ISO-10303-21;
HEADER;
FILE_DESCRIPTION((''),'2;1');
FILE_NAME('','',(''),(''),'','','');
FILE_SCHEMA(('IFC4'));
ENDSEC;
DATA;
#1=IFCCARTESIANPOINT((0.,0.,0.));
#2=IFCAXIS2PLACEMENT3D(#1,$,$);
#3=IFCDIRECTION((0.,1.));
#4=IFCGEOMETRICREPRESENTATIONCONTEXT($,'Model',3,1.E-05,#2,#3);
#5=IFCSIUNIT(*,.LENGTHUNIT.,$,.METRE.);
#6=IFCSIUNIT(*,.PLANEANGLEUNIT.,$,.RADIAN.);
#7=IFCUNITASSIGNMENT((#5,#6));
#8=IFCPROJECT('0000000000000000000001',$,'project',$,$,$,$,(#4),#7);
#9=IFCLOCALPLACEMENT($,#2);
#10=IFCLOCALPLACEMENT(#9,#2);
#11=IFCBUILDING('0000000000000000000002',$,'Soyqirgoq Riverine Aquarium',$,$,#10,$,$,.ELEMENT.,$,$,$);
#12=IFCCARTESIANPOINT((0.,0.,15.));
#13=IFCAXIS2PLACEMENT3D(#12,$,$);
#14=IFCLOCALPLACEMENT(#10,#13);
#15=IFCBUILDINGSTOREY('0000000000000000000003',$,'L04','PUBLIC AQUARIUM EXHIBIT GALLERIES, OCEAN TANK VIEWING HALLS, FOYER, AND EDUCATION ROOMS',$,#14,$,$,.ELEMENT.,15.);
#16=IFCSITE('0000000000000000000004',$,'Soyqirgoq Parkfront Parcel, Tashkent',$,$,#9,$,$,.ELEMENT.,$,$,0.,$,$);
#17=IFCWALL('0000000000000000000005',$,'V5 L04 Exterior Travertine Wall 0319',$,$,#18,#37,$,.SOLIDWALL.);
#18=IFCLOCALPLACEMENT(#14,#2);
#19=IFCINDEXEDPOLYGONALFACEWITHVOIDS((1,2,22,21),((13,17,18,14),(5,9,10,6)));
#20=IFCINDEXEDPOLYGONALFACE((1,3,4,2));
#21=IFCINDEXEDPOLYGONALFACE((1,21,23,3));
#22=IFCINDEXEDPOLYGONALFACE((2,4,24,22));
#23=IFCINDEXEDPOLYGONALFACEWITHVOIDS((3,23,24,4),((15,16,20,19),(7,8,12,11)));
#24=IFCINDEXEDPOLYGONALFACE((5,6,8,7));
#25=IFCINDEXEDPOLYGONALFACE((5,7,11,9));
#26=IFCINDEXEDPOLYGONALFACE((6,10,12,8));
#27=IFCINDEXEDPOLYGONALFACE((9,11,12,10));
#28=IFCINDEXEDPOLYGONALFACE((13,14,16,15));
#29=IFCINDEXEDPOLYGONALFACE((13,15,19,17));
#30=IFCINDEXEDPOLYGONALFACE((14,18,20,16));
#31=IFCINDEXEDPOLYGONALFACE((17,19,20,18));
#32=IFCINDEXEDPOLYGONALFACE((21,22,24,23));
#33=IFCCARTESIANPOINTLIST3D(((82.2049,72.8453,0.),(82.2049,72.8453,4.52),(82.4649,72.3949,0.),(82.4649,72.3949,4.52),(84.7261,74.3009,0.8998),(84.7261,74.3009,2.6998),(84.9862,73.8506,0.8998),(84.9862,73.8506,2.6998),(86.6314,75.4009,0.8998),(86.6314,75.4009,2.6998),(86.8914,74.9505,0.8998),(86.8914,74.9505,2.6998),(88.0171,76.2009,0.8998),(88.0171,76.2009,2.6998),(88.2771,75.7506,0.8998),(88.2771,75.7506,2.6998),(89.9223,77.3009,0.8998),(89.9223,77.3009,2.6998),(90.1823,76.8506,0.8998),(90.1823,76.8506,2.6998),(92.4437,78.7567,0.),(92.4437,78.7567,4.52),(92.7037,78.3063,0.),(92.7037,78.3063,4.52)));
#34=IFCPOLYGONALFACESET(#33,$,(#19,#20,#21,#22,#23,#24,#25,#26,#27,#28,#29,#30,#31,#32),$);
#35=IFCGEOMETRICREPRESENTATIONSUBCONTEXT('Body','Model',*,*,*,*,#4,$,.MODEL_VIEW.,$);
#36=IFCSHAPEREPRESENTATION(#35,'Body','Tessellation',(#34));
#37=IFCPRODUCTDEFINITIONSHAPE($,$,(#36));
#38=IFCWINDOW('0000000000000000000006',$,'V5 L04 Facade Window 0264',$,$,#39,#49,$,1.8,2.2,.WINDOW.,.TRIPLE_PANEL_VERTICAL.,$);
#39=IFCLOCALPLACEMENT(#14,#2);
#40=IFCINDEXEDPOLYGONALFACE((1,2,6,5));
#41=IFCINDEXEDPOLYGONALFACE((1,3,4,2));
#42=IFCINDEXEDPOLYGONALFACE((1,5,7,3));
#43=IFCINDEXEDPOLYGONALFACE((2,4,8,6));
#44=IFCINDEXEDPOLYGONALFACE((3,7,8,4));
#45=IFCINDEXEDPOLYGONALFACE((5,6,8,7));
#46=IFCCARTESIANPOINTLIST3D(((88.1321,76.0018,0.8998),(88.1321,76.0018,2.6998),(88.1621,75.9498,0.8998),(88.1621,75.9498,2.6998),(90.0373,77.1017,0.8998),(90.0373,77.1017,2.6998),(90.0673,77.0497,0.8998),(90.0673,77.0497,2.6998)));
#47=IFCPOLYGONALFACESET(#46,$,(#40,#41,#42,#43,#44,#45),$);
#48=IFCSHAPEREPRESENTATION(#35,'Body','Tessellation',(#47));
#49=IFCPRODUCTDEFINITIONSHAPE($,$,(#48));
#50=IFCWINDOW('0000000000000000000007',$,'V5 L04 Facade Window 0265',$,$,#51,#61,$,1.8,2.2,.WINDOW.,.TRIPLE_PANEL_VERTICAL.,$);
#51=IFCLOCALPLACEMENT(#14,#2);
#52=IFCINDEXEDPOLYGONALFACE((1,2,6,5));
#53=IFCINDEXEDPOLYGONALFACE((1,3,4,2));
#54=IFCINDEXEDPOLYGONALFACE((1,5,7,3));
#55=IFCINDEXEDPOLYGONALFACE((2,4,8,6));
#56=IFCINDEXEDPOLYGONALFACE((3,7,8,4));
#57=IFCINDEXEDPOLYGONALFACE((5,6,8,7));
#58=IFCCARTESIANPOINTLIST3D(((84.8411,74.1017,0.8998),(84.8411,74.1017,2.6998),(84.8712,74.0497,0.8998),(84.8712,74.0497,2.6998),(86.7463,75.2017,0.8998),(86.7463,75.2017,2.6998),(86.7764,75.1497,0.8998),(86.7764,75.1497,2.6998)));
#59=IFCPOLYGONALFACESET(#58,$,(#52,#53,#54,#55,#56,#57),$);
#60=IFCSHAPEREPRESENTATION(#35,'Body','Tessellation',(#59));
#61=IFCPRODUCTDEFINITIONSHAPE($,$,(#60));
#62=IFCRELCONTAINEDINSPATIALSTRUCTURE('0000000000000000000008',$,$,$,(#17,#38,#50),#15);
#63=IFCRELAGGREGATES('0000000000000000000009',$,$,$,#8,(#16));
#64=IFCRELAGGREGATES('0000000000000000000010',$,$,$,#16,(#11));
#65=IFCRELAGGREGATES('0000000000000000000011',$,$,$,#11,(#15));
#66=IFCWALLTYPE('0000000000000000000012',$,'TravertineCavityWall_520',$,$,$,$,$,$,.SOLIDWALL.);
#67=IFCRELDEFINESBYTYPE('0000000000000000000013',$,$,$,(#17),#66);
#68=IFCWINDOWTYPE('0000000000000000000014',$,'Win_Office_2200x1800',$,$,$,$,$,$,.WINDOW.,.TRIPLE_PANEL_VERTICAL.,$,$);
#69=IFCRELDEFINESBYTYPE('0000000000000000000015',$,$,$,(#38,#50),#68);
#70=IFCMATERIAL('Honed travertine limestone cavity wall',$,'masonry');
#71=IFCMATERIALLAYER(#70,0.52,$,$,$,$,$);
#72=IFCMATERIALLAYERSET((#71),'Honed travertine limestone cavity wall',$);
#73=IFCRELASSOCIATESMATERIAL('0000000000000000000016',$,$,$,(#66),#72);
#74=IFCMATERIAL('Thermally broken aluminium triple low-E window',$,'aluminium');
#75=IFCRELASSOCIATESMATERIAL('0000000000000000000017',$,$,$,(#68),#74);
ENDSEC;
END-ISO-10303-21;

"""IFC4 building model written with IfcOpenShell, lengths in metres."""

from ifc_helpers import new_model, si_unit, direction, frame, frame_2d, origin, place, context, subcontext, project, spatial, rectangle, extrude, material, layer, layer_set, type_object, element, fill, save


model = new_model("IFC4")

# Units and contexts
model_context = context("Model", 3, precision=1e-05, world=origin(), true_north=direction((0.0, 1.0)))
body_context = subcontext(model_context, "Body", "Model", "MODEL_VIEW")
ifc_project = project(units=[si_unit("LENGTHUNIT", "METRE"), si_unit("PLANEANGLEUNIT", "RADIAN")], contexts=[model_context])

# Site, building, storey
site_placement = place(None, origin())
site = spatial("IfcSite", under=ifc_project, at=site_placement, Name="Soyqirgoq Parkfront Parcel, Tashkent", CompositionType="ELEMENT", RefElevation=0.0)
building_placement = place(site_placement, origin())
building = spatial("IfcBuilding", under=site, at=building_placement, Name="Soyqirgoq Riverine Aquarium", CompositionType="ELEMENT")
storey_placement = place(building_placement, frame((0.0, 0.0, 15.0)))
storey = spatial("IfcBuildingStorey", under=building, at=storey_placement, Name="L04", Description="PUBLIC AQUARIUM EXHIBIT GALLERIES, OCEAN TANK VIEWING HALLS, FOYER, AND EDUCATION ROOMS", CompositionType="ELEMENT", Elevation=15.0)

# Wall, openings, windows
ifc_material_1 = material(Name="Honed travertine limestone cavity wall", Category="masonry")
ifc_layer_1 = layer(ifc_material_1, 0.52)
ifc_layer_set_1 = layer_set([ifc_layer_1], Name="Honed travertine limestone cavity wall")
wall_type_1 = type_object("IfcWallType", Name="TravertineCavityWall_520", PredefinedType="SOLIDWALL", material=ifc_layer_set_1)
wall_1_placement = place(storey_placement, frame((92.5737, 78.5315, 0.0), z_axis=(0.0, 0.0, 1.0), x_axis=(-0.866025, -0.500001, 0.0)))
wall_1 = element("IfcWall", 1, at=wall_1_placement, inside=storey, type_object=wall_type_1, Name="V5 L04 Exterior Travertine Wall 0319", PredefinedType="SOLIDWALL", context=body_context, shape_type="SweptSolid", body=[
    extrude(rectangle(XDim=11.8228, YDim=0.52, at=frame_2d((5.9114, 0.0))), origin(), (0.0, 0.0, 1.0), 4.52),
])
opening_1_placement = place(wall_1_placement, frame((2.9114, 0.0, 0.8999)))
opening_1 = element("IfcOpeningElement", 2, at=opening_1_placement, cuts=wall_1, PredefinedType="OPENING", context=body_context, shape_type="SweptSolid", body=[
    extrude(rectangle(XDim=2.2, YDim=1.8, at=frame_2d((1.1001, 0.8999))), frame((0.0, 0.27, 0.0), z_axis=(0.0, -1.0, 0.0), x_axis=(1.0, 0.0, 0.0)), (0.0, 0.0, 1.0), 0.54),
])
opening_2_placement = place(wall_1_placement, frame((6.7114, 0.0, 0.8999)))
opening_2 = element("IfcOpeningElement", 3, at=opening_2_placement, cuts=wall_1, PredefinedType="OPENING", context=body_context, shape_type="SweptSolid", body=[
    extrude(rectangle(XDim=2.2, YDim=1.8, at=frame_2d((1.1001, 0.8999))), frame((0.0, 0.27, 0.0), z_axis=(0.0, -1.0, 0.0), x_axis=(1.0, 0.0, 0.0)), (0.0, 0.0, 1.0), 0.54),
])
ifc_material_2 = material(Name="Thermally broken aluminium triple low-E window", Category="aluminium")
window_type_1 = type_object("IfcWindowType", Name="Win_Office_2200x1800", PartitioningType="TRIPLE_PANEL_VERTICAL", PredefinedType="WINDOW", material=ifc_material_2)
window_1_placement = place(opening_1_placement, origin())
window_1 = element("IfcWindow", 4, at=window_1_placement, inside=storey, type_object=window_type_1, Name="V5 L04 Facade Window 0264", OverallHeight=1.8, OverallWidth=2.2, PartitioningType="TRIPLE_PANEL_VERTICAL", PredefinedType="WINDOW", context=body_context, shape_type="SweptSolid", body=[
    extrude(rectangle(XDim=2.2, YDim=1.8, at=frame_2d((1.1001, 0.8999))), frame((0.0, 0.03, 0.0), z_axis=(0.0, -1.0, 0.0), x_axis=(1.0, 0.0, 0.0)), (0.0, 0.0, 1.0), 0.0601),
])
fill(opening_1, window_1)
window_2_placement = place(opening_2_placement, origin())
window_2 = element("IfcWindow", 5, at=window_2_placement, inside=storey, type_object=window_type_1, Name="V5 L04 Facade Window 0265", OverallHeight=1.8, OverallWidth=2.2, PartitioningType="TRIPLE_PANEL_VERTICAL", PredefinedType="WINDOW", context=body_context, shape_type="SweptSolid", body=[
    extrude(rectangle(XDim=2.2, YDim=1.8, at=frame_2d((1.1001, 0.8999))), frame((0.0, 0.03, 0.0), z_axis=(0.0, -1.0, 0.0), x_axis=(1.0, 0.0, 0.0)), (0.0, 0.0, 1.0), 0.0601),
])
fill(opening_2, window_2)

save(model, "model.ifc")
